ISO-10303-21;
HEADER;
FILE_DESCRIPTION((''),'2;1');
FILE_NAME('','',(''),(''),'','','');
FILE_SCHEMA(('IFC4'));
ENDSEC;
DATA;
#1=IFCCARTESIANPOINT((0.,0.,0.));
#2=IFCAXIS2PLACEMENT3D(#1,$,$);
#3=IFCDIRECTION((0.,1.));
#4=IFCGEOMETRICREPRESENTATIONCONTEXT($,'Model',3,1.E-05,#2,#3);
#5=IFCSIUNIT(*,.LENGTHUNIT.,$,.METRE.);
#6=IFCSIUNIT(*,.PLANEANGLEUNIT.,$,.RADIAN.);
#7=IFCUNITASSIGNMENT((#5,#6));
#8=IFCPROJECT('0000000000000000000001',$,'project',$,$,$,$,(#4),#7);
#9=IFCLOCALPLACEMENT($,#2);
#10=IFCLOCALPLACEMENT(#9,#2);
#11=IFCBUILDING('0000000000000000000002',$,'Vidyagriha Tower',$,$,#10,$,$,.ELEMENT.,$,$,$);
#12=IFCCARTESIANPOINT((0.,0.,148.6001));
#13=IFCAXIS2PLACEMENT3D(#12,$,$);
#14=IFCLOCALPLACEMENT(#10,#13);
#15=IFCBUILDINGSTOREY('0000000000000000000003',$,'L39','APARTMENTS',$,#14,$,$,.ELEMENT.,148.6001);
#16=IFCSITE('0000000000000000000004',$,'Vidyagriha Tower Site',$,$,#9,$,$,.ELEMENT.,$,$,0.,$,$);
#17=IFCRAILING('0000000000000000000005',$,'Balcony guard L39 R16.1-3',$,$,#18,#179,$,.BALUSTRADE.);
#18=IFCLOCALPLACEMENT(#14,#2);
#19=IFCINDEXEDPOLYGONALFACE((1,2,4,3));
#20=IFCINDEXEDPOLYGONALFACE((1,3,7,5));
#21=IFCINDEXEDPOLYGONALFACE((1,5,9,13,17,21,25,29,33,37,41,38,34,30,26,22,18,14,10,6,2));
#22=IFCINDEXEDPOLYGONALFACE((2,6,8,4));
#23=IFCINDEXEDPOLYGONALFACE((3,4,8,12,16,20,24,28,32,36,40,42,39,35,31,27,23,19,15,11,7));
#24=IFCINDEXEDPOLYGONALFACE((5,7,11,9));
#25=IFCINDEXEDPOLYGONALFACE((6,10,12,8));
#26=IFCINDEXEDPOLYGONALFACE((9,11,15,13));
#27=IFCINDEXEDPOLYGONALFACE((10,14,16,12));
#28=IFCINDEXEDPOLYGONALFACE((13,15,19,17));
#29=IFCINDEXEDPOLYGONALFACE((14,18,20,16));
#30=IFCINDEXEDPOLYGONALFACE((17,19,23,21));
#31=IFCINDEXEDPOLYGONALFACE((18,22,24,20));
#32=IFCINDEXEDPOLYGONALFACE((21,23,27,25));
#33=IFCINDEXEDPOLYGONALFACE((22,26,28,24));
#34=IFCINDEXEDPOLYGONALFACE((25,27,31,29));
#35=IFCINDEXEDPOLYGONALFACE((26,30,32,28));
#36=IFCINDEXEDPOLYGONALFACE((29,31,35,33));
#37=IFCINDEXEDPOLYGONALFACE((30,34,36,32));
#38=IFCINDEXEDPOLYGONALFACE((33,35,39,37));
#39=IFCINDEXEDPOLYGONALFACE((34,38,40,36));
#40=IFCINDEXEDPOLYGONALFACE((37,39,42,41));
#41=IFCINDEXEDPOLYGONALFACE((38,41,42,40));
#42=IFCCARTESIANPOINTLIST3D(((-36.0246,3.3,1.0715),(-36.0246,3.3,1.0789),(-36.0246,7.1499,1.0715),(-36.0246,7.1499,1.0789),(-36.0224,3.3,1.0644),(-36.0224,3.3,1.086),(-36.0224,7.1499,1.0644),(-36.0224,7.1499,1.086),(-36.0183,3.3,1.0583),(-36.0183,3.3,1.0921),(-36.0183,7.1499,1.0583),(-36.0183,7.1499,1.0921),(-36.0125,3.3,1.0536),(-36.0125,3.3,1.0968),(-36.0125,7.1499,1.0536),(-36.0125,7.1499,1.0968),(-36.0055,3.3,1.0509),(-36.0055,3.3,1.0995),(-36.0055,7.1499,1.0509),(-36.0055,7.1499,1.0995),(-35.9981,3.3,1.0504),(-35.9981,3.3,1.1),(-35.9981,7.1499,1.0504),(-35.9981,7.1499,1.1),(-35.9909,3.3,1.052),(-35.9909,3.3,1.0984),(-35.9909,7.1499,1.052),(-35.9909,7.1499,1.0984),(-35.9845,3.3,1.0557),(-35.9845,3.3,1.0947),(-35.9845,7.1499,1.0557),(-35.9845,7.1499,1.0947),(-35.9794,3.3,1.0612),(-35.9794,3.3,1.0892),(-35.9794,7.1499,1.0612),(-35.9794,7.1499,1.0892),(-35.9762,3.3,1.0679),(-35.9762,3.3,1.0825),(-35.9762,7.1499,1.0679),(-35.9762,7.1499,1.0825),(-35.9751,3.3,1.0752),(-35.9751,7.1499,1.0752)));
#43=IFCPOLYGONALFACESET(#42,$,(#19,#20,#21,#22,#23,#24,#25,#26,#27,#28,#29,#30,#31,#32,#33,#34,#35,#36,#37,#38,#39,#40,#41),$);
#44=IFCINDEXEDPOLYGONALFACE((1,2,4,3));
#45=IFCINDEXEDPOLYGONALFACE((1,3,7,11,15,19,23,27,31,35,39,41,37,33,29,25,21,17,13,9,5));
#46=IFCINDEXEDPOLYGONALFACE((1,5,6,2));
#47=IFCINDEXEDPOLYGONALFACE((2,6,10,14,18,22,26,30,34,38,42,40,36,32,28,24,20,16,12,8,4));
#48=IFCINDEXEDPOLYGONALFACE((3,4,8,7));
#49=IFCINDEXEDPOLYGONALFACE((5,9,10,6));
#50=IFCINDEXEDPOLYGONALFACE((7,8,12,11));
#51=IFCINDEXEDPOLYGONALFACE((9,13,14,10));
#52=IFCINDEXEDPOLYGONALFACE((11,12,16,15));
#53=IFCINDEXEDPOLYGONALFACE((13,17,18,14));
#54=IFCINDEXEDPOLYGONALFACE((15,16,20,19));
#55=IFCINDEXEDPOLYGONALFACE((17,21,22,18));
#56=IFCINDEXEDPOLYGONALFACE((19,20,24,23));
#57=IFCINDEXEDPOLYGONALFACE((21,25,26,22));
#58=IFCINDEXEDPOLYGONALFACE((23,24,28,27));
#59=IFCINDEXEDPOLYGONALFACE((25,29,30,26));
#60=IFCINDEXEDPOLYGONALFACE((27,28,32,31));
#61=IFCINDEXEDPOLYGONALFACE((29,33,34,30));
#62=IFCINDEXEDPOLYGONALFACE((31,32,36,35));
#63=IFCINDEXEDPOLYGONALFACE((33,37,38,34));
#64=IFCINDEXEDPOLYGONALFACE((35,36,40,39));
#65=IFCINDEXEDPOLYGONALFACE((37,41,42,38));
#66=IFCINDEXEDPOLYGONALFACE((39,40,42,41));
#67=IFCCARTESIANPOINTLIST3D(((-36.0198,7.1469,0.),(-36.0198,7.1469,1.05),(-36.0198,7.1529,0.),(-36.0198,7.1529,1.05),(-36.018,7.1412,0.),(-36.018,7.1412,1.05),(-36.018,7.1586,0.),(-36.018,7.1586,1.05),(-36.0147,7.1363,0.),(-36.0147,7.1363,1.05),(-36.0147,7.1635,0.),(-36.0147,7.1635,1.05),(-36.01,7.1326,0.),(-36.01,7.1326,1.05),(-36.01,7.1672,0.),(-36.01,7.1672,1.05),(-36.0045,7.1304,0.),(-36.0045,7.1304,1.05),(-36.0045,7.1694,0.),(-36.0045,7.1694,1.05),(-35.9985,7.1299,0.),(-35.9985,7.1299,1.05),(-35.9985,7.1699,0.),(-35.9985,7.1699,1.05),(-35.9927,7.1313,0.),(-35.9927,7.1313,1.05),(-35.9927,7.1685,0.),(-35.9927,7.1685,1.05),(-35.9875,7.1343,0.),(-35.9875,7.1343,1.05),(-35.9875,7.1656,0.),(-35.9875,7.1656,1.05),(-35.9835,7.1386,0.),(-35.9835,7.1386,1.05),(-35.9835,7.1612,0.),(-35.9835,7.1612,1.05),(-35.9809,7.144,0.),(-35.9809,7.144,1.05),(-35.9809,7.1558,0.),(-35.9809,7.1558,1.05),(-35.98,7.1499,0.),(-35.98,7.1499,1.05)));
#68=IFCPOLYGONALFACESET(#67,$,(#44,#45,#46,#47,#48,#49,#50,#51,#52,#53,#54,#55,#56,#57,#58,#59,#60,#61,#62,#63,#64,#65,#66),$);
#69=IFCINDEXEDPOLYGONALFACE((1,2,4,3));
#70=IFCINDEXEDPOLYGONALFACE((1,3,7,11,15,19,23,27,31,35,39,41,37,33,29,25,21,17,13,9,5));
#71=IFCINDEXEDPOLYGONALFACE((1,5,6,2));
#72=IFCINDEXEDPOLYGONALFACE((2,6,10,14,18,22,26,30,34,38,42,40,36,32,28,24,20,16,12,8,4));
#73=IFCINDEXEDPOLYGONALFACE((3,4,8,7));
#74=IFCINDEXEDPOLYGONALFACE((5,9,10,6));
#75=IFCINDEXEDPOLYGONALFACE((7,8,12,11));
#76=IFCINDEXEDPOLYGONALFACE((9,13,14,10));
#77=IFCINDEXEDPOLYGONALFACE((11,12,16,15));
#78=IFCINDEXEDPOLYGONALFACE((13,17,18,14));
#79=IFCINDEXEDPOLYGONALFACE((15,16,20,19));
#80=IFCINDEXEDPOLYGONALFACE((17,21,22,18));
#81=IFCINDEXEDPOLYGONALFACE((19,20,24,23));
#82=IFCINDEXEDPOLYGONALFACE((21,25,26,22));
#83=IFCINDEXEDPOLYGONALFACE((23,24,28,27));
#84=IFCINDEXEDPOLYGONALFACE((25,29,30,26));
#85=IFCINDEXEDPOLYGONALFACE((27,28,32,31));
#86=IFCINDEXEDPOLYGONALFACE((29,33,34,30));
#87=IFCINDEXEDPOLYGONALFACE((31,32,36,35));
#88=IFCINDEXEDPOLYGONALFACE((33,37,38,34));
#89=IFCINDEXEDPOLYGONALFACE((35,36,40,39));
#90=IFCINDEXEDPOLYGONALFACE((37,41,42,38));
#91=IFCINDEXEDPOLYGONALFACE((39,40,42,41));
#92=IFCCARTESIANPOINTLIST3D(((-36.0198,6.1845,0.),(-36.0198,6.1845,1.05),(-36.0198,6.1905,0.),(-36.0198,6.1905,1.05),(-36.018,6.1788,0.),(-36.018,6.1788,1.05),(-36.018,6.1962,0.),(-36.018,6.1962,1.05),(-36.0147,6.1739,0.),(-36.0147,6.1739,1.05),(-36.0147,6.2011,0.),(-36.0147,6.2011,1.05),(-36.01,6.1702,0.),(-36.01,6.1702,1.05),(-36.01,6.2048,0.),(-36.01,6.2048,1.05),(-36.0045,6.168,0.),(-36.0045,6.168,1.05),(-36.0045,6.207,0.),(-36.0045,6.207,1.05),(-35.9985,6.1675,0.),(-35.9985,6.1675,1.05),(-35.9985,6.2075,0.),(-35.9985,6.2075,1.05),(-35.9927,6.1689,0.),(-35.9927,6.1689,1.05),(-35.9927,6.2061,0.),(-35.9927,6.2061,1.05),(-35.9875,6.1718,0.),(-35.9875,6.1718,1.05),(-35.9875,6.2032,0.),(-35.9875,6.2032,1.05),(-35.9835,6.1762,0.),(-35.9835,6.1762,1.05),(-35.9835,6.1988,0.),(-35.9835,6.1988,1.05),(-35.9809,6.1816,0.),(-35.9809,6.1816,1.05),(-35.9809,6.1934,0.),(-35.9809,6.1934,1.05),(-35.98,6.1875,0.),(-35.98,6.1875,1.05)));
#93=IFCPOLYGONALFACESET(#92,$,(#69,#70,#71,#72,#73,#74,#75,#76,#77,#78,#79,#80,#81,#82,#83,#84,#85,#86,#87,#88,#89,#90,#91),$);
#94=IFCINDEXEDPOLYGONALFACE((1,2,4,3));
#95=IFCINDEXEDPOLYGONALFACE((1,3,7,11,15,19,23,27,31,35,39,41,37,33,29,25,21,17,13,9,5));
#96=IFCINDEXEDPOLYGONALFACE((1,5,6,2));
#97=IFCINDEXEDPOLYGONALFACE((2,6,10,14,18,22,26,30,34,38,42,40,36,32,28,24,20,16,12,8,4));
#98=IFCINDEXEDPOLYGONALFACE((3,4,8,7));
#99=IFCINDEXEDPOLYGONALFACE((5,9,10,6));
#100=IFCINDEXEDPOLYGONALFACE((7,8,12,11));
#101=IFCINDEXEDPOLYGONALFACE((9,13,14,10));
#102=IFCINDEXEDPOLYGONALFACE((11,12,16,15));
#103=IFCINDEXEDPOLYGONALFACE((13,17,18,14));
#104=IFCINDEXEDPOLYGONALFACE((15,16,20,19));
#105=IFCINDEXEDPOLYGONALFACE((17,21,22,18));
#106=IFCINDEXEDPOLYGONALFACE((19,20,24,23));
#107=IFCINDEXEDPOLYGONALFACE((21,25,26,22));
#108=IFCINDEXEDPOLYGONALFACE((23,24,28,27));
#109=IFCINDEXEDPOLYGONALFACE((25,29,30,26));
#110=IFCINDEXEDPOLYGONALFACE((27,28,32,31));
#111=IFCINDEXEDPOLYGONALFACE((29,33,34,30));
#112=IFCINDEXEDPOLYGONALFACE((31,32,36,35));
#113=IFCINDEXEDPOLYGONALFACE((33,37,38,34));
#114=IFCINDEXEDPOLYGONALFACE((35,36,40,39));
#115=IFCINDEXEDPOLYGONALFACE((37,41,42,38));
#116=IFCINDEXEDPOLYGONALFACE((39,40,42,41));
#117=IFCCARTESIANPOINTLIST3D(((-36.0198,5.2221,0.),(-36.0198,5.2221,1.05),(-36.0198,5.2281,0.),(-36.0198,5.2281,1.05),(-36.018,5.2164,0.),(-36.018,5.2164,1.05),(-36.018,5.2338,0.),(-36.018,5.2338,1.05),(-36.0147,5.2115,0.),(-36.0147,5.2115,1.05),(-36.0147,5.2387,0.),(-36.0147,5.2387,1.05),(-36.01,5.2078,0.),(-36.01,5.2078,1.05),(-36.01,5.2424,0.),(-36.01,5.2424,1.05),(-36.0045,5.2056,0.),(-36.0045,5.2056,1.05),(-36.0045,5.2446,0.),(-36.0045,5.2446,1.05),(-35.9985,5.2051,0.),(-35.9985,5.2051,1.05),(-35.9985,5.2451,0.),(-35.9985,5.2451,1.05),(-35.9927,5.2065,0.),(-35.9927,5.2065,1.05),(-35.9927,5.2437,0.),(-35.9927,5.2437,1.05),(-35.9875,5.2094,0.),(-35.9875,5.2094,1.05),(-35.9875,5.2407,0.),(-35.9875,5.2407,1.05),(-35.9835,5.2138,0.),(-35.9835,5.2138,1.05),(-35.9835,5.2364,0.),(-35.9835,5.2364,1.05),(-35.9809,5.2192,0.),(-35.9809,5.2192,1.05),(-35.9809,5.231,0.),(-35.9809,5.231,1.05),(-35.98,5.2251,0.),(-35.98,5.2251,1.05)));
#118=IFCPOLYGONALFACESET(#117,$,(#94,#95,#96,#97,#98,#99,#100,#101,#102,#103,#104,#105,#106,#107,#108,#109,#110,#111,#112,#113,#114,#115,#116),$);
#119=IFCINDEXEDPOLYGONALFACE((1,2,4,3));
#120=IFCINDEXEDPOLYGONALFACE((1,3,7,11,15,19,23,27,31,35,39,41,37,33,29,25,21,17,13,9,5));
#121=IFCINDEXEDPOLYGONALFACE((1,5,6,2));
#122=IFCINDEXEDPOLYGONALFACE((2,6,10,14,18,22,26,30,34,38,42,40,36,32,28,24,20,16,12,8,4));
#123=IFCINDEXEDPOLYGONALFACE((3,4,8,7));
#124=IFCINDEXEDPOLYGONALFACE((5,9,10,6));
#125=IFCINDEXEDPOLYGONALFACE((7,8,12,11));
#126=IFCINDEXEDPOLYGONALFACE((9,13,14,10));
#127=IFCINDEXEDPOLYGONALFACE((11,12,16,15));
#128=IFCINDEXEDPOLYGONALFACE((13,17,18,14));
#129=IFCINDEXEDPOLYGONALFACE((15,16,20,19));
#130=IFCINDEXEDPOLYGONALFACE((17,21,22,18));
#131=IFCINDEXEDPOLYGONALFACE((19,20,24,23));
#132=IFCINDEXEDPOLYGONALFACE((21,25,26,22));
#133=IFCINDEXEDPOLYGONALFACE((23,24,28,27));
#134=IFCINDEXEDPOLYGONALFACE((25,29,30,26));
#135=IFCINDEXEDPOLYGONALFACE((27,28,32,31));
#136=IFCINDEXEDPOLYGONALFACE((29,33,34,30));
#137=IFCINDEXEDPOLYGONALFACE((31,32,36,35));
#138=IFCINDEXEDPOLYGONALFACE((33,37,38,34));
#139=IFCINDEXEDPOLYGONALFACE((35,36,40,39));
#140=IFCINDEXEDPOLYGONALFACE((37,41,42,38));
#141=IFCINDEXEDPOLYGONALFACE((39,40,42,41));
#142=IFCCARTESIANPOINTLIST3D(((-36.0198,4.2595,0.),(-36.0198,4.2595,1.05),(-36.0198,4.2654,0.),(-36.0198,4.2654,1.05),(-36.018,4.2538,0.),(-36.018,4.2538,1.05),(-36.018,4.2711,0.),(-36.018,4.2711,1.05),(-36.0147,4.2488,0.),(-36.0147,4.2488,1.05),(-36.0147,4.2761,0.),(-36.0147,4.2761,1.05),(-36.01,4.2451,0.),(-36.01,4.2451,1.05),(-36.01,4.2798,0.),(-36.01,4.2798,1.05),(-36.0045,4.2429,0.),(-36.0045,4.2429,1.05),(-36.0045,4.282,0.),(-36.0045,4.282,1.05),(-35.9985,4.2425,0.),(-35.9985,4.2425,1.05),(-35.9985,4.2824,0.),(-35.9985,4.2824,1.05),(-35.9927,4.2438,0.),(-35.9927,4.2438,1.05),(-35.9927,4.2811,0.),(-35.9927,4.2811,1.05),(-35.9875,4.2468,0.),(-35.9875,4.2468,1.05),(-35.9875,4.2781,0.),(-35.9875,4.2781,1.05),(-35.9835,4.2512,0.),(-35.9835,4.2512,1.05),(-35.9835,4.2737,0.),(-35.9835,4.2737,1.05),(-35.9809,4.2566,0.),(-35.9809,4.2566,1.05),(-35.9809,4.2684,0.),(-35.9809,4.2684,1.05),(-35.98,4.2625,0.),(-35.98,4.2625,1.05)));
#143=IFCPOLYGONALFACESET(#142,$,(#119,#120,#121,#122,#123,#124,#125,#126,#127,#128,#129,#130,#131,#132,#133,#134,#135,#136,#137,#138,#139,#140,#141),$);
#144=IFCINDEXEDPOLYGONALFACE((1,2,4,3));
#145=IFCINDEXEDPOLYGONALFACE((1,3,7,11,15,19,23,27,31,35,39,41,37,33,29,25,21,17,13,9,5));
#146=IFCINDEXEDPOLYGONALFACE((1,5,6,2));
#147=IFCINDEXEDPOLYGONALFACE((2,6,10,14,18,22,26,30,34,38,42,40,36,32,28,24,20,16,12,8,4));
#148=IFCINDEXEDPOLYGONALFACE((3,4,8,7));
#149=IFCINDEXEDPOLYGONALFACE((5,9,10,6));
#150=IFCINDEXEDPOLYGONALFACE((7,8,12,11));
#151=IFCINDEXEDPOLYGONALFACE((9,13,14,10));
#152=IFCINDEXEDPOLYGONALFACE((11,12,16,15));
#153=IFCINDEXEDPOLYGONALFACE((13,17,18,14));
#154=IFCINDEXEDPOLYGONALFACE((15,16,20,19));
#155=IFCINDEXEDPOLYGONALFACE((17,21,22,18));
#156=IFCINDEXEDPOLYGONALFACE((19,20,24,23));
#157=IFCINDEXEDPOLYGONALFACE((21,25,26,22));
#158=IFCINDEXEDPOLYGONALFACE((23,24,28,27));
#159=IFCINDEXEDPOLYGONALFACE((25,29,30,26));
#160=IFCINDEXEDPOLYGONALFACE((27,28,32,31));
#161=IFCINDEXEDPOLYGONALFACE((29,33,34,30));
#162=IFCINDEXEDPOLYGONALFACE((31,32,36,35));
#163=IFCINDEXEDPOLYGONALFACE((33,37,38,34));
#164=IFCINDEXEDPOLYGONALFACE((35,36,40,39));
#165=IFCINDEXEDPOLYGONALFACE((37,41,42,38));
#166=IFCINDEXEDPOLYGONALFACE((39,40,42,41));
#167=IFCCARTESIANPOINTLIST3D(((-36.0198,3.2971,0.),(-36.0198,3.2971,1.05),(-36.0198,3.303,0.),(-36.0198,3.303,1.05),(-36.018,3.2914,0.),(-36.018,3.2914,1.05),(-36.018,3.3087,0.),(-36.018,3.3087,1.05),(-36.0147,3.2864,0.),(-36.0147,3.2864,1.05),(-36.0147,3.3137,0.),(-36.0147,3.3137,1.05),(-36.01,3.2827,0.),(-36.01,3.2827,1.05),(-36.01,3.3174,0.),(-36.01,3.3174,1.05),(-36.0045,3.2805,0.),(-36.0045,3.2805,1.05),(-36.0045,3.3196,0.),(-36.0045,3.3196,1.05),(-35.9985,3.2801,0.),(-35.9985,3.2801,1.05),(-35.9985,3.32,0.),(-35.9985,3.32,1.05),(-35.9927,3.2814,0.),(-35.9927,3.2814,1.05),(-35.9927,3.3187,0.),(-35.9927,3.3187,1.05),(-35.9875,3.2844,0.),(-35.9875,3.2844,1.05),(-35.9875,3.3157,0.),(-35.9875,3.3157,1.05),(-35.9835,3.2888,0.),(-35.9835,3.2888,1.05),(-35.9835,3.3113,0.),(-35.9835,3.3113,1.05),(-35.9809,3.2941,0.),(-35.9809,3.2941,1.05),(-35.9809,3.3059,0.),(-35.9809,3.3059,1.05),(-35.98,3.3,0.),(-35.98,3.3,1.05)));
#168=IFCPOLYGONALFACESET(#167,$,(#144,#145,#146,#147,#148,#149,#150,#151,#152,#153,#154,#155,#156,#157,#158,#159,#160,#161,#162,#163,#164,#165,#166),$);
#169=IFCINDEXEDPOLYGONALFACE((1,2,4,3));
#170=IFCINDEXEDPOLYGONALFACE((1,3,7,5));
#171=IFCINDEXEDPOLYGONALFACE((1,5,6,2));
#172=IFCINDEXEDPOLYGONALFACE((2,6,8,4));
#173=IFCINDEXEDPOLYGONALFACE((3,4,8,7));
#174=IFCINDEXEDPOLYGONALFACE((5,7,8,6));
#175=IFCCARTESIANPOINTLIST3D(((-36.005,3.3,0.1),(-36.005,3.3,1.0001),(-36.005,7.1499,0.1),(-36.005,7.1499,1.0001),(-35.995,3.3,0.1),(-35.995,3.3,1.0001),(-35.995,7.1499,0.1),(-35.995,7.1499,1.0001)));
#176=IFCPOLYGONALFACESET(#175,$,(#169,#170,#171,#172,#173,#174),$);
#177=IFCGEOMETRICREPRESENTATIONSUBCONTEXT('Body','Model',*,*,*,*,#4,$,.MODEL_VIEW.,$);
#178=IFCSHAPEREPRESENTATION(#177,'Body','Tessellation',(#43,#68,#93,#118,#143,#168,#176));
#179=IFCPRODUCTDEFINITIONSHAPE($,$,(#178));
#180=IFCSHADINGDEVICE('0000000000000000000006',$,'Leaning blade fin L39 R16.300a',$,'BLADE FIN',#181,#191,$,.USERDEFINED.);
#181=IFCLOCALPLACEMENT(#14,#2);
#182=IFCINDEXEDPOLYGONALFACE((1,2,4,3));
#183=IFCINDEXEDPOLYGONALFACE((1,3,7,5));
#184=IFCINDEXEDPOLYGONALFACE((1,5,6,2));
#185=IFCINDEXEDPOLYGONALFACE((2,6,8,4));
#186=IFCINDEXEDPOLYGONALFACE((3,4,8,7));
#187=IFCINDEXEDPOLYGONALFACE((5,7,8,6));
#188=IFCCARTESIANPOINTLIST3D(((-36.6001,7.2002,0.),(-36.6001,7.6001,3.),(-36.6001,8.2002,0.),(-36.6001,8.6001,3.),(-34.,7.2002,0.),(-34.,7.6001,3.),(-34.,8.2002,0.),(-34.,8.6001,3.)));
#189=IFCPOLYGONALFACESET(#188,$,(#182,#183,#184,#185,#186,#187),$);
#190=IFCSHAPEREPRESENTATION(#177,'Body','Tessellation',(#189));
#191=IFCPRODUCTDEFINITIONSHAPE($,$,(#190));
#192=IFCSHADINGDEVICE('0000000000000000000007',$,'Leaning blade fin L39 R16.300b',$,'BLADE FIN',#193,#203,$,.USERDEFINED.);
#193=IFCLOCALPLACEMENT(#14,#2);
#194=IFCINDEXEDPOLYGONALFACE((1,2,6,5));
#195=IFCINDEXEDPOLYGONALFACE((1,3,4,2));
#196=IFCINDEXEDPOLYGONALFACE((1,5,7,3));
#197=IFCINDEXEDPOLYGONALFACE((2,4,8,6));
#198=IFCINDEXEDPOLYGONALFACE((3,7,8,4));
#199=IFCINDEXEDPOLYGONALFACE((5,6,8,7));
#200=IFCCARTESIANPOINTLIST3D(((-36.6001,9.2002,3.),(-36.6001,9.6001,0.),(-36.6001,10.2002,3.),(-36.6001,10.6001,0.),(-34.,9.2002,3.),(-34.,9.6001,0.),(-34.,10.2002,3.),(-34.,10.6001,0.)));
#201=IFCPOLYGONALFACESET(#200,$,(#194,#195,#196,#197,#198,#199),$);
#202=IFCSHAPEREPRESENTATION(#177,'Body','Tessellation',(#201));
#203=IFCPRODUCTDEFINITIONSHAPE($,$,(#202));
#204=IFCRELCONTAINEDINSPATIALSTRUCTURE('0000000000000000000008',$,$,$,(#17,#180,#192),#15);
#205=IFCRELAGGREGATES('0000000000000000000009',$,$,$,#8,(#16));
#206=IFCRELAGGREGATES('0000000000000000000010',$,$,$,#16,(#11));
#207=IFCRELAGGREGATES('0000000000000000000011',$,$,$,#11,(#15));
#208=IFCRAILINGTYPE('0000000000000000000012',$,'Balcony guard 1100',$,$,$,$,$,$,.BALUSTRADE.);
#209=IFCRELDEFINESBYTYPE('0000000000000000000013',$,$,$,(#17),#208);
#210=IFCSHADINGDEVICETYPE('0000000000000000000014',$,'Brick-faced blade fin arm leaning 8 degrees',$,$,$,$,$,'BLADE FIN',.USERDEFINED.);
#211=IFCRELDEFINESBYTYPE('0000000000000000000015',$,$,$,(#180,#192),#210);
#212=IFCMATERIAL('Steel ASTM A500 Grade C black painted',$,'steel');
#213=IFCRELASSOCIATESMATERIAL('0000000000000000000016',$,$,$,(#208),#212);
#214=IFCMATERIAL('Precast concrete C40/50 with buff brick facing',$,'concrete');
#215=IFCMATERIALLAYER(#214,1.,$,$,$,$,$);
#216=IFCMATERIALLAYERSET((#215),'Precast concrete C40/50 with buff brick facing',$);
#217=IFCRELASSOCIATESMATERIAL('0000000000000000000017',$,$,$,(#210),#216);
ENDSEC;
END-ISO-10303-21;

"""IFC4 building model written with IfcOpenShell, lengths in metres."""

from ifc_helpers import new_model, si_unit, direction, frame, origin, origin_2d, place, context, subcontext, project, spatial, polyline, rectangle, circle, outline, extrude, material, layer, layer_set, type_object, element, save


model = new_model("IFC4")

# Units and contexts
model_context = context("Model", 3, precision=1e-05, world=origin(), true_north=direction((0.0, 1.0)))
body_context = subcontext(model_context, "Body", "Model", "MODEL_VIEW")
ifc_project = project(units=[si_unit("LENGTHUNIT", "METRE"), si_unit("PLANEANGLEUNIT", "RADIAN")], contexts=[model_context])

# Site, building, storey
site_placement = place(None, origin())
site = spatial("IfcSite", under=ifc_project, at=site_placement, Name="Vidyagriha Tower Site", CompositionType="ELEMENT", RefElevation=0.0)
building_placement = place(site_placement, origin())
building = spatial("IfcBuilding", under=site, at=building_placement, Name="Vidyagriha Tower", CompositionType="ELEMENT")
storey_placement = place(building_placement, frame((0.0, 0.0, 148.6001)))
storey = spatial("IfcBuildingStorey", under=building, at=storey_placement, Name="L39", Description="APARTMENTS", CompositionType="ELEMENT", Elevation=148.6001)

# Railing
ifc_material_1 = material(Name="Steel ASTM A500 Grade C black painted", Category="steel")
railing_type = type_object("IfcRailingType", Name="Balcony guard 1100", PredefinedType="BALUSTRADE", material=ifc_material_1)
railing_1_placement = place(storey_placement, frame((-36.0, 7.1499, 0.0)))
element("IfcRailing", 1, at=railing_1_placement, inside=storey, type_object=railing_type, Name="Balcony guard L39 R16.1-3", PredefinedType="BALUSTRADE", context=body_context, shape_type="SweptSolid", body=[
    extrude(circle(Radius=0.0249, at=origin_2d()), frame((0.0, 0.0, 1.0752), z_axis=(0.0, -1.0, 0.0), x_axis=(1.0, 0.0, 0.0)), (0.0, 0.0, 1.0), 3.8499),
    extrude(circle(Radius=0.02, at=origin_2d()), origin(), (0.0, 0.0, 1.0), 1.05),
    extrude(circle(Radius=0.02, at=origin_2d()), frame((0.0, -0.9624, 0.0)), (0.0, 0.0, 1.0), 1.05),
    extrude(circle(Radius=0.02, at=origin_2d()), frame((0.0, -1.9248, 0.0)), (0.0, 0.0, 1.0), 1.05),
    extrude(circle(Radius=0.02, at=origin_2d()), frame((0.0, -2.8875, 0.0)), (0.0, 0.0, 1.0), 1.05),
    extrude(circle(Radius=0.02, at=origin_2d()), frame((0.0, -3.8499, 0.0)), (0.0, 0.0, 1.0), 1.05),
    extrude(rectangle(XDim=0.01, YDim=0.9001, at=origin_2d()), frame((0.0, 0.0, 0.55), z_axis=(0.0, -1.0, 0.0), x_axis=(1.0, 0.0, 0.0)), (0.0, 0.0, 1.0), 3.8499),
])

# Shading devices
ifc_material_2 = material(Name="Precast concrete C40/50 with buff brick facing", Category="concrete")
ifc_layer_1 = layer(ifc_material_2, 1.0)
ifc_layer_set_1 = layer_set([ifc_layer_1], Name="Precast concrete C40/50 with buff brick facing")
shading_device_type_1 = type_object("IfcShadingDeviceType", Name="Brick-faced blade fin arm leaning 8 degrees", ElementType="BLADE FIN", PredefinedType="USERDEFINED", material=ifc_layer_set_1)
shading_device_1_placement = place(storey_placement, frame((-35.3, 8.6001, 0.0), z_axis=(0.0, 0.0, 1.0), x_axis=(0.0, -1.0, 0.0)))
element("IfcShadingDevice", 2, at=shading_device_1_placement, inside=storey, type_object=shading_device_type_1, Name="Leaning blade fin L39 R16.300a", ObjectType="BLADE FIN", PredefinedType="USERDEFINED", context=body_context, shape_type="SweptSolid", body=[
    extrude(outline(polyline([(0.3999, 0.0), (1.3999, 0.0), (1.0, 3.0), (0.0, 3.0), (0.3999, 0.0)])), frame((0.0, 1.3, 0.0), z_axis=(0.0, -1.0, 0.0), x_axis=(1.0, 0.0, 0.0)), (0.0, 0.0, 1.0), 2.6001),
])
shading_device_2_placement = place(storey_placement, frame((-35.3, 10.6001, 0.0), z_axis=(0.0, 0.0, 1.0), x_axis=(0.0, -1.0, 0.0)))
element("IfcShadingDevice", 3, at=shading_device_2_placement, inside=storey, type_object=shading_device_type_1, Name="Leaning blade fin L39 R16.300b", ObjectType="BLADE FIN", PredefinedType="USERDEFINED", context=body_context, shape_type="SweptSolid", body=[
    extrude(outline(polyline([(0.0, 0.0), (1.0, 0.0), (1.3999, 3.0), (0.3999, 3.0), (0.0, 0.0)])), frame((0.0, 1.3, 0.0), z_axis=(0.0, -1.0, 0.0), x_axis=(1.0, 0.0, 0.0)), (0.0, 0.0, 1.0), 2.6001),
])

save(model, "model.ifc")
